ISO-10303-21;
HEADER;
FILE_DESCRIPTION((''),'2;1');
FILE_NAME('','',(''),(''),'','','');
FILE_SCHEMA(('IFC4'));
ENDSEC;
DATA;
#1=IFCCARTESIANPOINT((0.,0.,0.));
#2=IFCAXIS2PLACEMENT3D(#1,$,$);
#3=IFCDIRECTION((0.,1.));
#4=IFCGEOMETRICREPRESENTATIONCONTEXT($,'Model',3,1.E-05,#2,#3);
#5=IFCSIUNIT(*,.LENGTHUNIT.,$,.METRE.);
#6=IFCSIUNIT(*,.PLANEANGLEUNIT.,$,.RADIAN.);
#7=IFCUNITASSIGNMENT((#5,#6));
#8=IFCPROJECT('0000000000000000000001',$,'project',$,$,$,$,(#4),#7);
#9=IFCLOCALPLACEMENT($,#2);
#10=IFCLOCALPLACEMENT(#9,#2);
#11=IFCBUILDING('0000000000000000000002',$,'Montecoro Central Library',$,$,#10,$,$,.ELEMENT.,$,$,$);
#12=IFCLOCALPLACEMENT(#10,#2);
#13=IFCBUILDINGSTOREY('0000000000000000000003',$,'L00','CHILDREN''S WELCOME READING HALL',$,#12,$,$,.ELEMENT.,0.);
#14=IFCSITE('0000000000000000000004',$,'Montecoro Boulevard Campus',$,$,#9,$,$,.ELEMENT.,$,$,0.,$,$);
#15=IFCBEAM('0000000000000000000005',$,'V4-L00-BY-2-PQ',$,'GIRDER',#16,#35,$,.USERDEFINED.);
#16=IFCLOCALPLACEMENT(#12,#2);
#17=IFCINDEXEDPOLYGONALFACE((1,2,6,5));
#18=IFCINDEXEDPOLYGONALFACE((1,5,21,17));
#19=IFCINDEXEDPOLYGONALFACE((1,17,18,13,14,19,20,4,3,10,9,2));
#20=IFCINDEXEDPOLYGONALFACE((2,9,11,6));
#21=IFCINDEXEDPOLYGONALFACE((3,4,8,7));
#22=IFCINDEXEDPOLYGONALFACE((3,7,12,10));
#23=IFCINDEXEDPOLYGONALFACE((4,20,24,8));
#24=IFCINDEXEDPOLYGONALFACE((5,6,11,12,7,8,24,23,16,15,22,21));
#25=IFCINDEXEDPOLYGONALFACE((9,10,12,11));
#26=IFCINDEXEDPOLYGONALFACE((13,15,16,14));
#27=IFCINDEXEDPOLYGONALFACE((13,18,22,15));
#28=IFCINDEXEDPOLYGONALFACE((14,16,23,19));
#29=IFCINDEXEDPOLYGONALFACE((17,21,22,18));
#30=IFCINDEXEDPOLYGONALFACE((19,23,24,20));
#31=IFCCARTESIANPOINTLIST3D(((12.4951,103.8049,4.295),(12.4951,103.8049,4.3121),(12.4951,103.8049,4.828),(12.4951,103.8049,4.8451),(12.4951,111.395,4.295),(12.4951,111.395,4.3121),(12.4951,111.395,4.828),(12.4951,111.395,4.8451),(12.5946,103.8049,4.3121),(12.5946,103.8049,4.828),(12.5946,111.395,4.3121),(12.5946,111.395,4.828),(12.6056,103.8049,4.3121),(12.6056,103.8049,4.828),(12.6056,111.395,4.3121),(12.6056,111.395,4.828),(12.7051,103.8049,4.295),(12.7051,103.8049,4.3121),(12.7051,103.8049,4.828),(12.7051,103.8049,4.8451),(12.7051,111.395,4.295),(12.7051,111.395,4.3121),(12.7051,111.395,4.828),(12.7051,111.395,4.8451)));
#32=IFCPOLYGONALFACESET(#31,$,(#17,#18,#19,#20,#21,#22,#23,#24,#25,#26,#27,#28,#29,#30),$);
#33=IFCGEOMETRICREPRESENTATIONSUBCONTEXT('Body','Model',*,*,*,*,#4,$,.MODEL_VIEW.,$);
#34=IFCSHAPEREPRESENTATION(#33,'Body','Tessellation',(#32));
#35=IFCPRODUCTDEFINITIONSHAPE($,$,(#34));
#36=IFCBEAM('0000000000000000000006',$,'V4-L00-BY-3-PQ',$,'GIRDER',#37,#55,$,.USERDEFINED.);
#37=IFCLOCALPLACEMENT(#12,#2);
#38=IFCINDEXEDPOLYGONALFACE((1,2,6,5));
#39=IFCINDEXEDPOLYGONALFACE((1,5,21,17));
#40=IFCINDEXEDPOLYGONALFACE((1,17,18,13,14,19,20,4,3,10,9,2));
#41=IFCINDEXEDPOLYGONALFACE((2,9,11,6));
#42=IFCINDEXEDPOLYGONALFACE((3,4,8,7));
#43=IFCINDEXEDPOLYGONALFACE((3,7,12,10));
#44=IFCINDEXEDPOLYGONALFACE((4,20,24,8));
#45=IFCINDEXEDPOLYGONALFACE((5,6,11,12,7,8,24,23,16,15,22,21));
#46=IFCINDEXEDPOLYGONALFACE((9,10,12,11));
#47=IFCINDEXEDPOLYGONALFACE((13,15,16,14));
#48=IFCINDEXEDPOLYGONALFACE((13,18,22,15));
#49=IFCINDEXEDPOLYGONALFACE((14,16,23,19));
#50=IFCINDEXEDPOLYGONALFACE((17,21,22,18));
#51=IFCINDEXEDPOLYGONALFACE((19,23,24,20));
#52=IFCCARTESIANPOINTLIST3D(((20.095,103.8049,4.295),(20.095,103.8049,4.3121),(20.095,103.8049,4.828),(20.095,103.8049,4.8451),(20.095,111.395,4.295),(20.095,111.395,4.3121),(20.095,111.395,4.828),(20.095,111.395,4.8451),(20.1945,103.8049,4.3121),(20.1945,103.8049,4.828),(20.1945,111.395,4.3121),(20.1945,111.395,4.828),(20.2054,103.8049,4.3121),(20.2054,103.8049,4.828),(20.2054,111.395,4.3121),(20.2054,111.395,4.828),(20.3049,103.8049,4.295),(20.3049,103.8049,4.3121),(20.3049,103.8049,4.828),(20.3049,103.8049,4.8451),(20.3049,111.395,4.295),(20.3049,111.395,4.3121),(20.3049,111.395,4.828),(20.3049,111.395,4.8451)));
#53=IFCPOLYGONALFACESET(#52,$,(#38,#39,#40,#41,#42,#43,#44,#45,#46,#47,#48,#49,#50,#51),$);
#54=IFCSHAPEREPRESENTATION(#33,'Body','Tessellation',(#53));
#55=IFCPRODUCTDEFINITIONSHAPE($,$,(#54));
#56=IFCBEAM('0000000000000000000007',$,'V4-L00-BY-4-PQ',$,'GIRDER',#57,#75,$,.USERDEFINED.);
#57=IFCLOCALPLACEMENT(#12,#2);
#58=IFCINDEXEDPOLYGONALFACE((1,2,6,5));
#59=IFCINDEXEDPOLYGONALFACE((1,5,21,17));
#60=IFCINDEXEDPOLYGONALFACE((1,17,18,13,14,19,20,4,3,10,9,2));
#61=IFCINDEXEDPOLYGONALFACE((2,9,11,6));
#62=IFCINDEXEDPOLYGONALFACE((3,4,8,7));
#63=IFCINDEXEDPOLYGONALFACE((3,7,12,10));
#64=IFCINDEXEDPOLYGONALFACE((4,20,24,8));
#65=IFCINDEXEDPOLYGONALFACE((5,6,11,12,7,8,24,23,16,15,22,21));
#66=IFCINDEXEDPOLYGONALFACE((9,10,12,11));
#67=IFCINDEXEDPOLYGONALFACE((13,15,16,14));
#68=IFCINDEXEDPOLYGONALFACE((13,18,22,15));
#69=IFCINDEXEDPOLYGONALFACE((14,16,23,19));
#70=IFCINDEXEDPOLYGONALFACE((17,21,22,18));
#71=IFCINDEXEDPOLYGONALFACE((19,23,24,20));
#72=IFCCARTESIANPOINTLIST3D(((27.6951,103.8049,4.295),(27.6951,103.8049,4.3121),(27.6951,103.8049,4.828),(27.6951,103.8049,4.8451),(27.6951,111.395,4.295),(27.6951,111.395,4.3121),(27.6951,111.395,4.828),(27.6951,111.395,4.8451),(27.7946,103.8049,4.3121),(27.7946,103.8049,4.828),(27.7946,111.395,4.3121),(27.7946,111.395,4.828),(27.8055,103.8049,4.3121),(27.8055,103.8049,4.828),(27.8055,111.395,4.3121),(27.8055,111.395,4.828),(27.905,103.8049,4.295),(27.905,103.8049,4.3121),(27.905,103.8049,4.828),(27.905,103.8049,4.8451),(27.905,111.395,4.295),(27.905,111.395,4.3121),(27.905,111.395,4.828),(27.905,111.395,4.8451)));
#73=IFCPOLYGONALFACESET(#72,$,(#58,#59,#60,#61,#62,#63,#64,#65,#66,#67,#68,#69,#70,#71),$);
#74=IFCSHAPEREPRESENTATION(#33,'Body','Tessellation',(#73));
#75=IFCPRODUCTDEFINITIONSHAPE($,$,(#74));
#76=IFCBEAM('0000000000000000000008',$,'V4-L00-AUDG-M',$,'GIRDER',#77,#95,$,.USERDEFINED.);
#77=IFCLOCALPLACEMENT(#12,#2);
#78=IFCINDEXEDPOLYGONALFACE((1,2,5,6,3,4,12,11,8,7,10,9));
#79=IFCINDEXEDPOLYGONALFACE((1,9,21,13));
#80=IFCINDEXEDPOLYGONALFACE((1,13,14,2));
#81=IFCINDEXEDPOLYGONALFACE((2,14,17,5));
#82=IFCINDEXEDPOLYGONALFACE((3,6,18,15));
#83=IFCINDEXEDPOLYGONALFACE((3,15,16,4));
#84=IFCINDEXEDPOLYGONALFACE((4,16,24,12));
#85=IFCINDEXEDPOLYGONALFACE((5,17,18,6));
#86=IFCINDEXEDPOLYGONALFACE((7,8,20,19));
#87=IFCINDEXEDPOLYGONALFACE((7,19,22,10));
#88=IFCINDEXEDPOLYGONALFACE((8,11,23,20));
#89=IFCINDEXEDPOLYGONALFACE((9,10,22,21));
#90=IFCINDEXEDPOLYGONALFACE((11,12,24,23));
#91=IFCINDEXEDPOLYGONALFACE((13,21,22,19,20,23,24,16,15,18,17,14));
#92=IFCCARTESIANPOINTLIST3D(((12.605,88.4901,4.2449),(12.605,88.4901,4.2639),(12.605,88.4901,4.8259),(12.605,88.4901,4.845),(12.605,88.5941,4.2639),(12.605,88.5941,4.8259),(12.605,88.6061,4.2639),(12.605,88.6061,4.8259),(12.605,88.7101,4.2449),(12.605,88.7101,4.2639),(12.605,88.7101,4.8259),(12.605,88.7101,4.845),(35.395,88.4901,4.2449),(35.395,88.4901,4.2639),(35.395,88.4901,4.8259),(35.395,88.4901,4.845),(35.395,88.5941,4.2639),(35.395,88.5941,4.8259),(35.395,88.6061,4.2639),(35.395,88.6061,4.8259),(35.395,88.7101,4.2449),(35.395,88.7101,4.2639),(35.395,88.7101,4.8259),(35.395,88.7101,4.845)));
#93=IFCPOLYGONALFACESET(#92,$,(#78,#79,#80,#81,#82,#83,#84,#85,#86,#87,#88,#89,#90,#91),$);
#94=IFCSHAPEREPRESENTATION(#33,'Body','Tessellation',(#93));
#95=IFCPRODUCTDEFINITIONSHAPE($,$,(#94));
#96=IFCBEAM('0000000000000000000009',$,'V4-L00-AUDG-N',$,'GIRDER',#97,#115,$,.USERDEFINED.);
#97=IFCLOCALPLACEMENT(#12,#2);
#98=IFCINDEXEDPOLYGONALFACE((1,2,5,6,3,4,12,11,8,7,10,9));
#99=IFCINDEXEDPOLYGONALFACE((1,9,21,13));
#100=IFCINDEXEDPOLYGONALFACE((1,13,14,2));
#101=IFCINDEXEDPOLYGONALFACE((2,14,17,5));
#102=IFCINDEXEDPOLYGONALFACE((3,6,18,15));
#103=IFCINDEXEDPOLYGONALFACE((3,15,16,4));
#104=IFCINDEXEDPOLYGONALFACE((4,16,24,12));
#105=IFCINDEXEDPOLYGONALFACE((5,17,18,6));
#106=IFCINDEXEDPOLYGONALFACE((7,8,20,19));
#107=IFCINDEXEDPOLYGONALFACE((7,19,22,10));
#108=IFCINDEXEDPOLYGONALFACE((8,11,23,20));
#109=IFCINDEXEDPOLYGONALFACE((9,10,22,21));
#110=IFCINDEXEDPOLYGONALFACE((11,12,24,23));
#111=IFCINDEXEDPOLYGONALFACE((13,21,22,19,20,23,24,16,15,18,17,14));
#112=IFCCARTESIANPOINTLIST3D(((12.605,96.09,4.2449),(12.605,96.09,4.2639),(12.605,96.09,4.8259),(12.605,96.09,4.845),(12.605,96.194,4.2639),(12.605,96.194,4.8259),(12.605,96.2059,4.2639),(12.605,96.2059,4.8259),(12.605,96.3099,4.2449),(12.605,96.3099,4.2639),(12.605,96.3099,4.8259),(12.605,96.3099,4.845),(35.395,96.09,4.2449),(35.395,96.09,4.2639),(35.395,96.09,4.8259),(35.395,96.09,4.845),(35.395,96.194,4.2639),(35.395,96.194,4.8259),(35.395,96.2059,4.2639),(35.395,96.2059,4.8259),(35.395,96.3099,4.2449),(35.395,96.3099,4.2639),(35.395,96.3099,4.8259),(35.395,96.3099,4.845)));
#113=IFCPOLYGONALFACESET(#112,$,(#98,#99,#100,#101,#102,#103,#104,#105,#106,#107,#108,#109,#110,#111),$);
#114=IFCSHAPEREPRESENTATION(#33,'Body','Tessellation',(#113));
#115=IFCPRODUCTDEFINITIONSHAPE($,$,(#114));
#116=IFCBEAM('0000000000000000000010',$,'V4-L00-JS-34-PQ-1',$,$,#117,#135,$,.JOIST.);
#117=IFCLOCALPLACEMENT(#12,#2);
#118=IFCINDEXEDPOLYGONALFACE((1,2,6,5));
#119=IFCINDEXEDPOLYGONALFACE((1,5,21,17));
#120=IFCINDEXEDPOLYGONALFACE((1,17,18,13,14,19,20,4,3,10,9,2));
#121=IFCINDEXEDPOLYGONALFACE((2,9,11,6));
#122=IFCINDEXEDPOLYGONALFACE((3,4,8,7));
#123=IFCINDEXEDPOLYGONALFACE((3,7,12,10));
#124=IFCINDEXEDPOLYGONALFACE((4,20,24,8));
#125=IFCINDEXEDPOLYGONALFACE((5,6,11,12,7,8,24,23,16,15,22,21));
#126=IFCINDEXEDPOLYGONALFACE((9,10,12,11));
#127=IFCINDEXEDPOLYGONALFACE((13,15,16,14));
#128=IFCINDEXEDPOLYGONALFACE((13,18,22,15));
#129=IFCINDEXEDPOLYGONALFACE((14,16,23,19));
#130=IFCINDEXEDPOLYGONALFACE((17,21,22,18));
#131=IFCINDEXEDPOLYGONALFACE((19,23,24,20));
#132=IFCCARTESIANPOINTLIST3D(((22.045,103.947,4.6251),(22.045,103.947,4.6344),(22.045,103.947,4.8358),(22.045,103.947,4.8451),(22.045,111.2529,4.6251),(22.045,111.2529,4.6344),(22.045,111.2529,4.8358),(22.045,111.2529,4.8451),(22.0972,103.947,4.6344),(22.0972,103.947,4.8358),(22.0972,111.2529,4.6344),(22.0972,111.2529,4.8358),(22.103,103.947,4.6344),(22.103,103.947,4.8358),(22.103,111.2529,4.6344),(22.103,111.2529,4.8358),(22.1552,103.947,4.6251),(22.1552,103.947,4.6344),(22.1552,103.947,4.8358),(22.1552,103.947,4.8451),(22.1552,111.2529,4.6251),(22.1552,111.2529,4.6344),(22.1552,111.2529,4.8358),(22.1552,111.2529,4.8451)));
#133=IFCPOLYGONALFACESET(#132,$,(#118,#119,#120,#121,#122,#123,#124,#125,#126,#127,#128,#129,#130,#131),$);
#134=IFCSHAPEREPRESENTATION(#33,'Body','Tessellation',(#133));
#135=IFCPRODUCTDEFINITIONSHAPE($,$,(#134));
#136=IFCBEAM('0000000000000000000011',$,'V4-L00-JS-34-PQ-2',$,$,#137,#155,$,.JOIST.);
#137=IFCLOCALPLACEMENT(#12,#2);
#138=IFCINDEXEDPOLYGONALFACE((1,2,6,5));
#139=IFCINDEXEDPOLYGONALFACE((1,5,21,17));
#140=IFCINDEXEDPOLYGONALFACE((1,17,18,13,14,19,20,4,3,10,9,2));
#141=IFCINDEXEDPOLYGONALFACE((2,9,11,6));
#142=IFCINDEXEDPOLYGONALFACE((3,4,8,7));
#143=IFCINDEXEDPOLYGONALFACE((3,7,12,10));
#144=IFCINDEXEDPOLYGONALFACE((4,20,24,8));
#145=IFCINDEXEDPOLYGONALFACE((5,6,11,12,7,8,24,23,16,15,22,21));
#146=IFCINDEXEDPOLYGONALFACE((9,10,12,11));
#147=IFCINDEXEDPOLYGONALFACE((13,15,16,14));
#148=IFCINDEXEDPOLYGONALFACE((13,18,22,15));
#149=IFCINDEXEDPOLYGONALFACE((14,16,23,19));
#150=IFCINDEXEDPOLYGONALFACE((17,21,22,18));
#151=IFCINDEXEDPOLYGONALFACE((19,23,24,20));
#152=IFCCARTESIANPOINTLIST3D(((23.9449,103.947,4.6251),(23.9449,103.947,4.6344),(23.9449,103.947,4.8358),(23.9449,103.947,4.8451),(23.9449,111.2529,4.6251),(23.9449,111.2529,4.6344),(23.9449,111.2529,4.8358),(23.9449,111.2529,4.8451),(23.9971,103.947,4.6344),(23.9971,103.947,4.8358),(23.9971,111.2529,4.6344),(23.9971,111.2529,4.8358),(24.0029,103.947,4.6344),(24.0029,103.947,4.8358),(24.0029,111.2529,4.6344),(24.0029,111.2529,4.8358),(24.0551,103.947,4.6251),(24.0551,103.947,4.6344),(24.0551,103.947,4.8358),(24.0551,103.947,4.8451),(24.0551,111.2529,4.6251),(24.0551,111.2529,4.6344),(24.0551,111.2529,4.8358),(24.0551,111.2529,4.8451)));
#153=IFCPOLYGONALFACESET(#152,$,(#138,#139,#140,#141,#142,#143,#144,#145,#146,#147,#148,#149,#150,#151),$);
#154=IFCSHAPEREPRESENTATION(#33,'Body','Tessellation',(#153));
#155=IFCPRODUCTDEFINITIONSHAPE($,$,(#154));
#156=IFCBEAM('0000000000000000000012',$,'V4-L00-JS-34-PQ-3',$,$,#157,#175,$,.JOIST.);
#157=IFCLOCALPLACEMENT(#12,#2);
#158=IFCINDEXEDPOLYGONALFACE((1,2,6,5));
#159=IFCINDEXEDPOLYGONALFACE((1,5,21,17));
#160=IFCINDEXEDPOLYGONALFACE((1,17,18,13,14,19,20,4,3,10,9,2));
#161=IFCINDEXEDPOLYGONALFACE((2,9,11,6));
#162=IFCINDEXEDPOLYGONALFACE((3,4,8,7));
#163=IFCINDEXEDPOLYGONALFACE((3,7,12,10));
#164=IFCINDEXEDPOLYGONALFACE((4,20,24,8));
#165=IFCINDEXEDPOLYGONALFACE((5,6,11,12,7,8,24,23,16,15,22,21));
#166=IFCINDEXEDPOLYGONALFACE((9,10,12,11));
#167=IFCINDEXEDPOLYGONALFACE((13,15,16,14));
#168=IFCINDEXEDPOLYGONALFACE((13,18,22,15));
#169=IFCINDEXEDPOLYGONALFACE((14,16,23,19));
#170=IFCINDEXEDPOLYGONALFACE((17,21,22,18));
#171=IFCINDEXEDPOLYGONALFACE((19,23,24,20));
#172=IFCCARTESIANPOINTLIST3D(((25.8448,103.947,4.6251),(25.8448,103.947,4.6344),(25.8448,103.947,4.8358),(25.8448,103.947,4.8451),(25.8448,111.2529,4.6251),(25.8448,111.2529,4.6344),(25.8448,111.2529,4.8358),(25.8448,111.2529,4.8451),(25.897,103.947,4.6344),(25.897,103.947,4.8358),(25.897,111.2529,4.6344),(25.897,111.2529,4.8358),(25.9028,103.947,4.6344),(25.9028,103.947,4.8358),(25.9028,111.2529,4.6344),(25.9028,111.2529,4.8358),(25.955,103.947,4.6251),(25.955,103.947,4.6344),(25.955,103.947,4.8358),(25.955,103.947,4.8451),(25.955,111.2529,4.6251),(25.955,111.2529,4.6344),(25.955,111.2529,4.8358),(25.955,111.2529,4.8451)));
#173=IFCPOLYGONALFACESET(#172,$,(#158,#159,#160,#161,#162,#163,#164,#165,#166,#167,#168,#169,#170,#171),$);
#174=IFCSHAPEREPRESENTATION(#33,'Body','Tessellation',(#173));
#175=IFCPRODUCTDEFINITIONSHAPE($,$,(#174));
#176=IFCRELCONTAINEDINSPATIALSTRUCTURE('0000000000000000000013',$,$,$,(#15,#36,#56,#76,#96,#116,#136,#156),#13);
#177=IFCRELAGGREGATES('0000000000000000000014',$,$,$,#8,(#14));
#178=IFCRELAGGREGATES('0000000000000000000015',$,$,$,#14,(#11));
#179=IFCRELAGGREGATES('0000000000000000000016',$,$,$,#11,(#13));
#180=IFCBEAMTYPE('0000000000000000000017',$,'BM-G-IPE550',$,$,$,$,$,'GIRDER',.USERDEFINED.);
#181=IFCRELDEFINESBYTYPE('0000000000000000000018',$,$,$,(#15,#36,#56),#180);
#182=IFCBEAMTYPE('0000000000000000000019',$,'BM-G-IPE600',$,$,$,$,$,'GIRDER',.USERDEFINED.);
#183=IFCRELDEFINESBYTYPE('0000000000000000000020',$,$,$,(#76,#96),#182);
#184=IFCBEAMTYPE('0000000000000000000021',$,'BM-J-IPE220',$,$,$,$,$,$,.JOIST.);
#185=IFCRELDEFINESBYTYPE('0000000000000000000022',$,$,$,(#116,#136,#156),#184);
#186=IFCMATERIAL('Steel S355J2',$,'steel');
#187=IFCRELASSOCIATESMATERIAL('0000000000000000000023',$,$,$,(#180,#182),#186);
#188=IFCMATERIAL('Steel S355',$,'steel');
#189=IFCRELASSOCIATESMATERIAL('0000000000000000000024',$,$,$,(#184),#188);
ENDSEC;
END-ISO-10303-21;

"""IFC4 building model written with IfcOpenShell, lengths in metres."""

from ifc_helpers import new_model, si_unit, direction, frame, origin, origin_2d, place, context, subcontext, project, spatial, i_section, extrude, material, material_profile, profile_set, type_object, element, save


model = new_model("IFC4")

# Units and contexts
model_context = context("Model", 3, precision=1e-05, world=origin(), true_north=direction((0.0, 1.0)))
body_context = subcontext(model_context, "Body", "Model", "MODEL_VIEW")
ifc_project = project(units=[si_unit("LENGTHUNIT", "METRE"), si_unit("PLANEANGLEUNIT", "RADIAN")], contexts=[model_context])

# Site, building, storey
site_placement = place(None, origin())
site = spatial("IfcSite", under=ifc_project, at=site_placement, Name="Montecoro Boulevard Campus", CompositionType="ELEMENT", RefElevation=0.0)
building_placement = place(site_placement, origin())
building = spatial("IfcBuilding", under=site, at=building_placement, Name="Montecoro Central Library", CompositionType="ELEMENT")
storey_placement = place(building_placement, origin())
storey = spatial("IfcBuildingStorey", under=building, at=storey_placement, Name="L00", Description="CHILDREN'S WELCOME READING HALL", CompositionType="ELEMENT", Elevation=0.0)

# Shared definitions
ifc_material_1 = material(Name="Steel S355J2", Category="steel")

# Beams
ifc_material_2 = material(Name="Steel S355", Category="steel")
ifc_material_profile_1 = material_profile(ifc_material_1, i_section(OverallWidth=0.21, OverallDepth=0.55, WebThickness=0.011, FlangeThickness=0.0171, at=origin_2d()), Name="IPE 550")
ifc_profile_set_1 = profile_set([ifc_material_profile_1], Name="Steel S355J2")
beam_type_1 = type_object("IfcBeamType", Name="BM-G-IPE550", ElementType="GIRDER", PredefinedType="USERDEFINED", material=ifc_profile_set_1)
for number, where, z_axis, x_axis, name in (
    (1, (12.6001, 103.8049, 4.5701), (0.0, 1.0, 0.0), (-1.0, 0.0, 0.0), "V4-L00-BY-2-PQ"),
    (2, (20.2, 103.8049, 4.5701), (0.0, 1.0, 0.0), (-1.0, 0.0, 0.0), "V4-L00-BY-3-PQ"),
    (3, (27.8, 103.8049, 4.5701), (0.0, 1.0, 0.0), (-1.0, 0.0, 0.0), "V4-L00-BY-4-PQ"),
):
    element("IfcBeam", number, at=place(storey_placement, frame(where, z_axis=z_axis, x_axis=x_axis)), inside=storey, type_object=beam_type_1, Name=name, ObjectType="GIRDER", PredefinedType="USERDEFINED", context=body_context, shape_type="SweptSolid", body=[
        extrude(i_section(OverallWidth=0.21, OverallDepth=0.55, WebThickness=0.011, FlangeThickness=0.0171, at=origin_2d()), origin(), (0.0, 0.0, 1.0), 7.5901),
    ])
ifc_material_profile_2 = material_profile(ifc_material_1, i_section(OverallWidth=0.22, OverallDepth=0.6001, WebThickness=0.012, FlangeThickness=0.019, at=origin_2d()), Name="IPE 600")
ifc_profile_set_2 = profile_set([ifc_material_profile_2], Name="Steel S355J2")
beam_type_2 = type_object("IfcBeamType", Name="BM-G-IPE600", ElementType="GIRDER", PredefinedType="USERDEFINED", material=ifc_profile_set_2)
for number, where, z_axis, x_axis, name in (
    (4, (12.605, 88.6001, 4.5449), (1.0, 0.0, 0.0), (0.0, 1.0, 0.0), "V4-L00-AUDG-M"),
    (5, (12.605, 96.2, 4.5449), (1.0, 0.0, 0.0), (0.0, 1.0, 0.0), "V4-L00-AUDG-N"),
):
    element("IfcBeam", number, at=place(storey_placement, frame(where, z_axis=z_axis, x_axis=x_axis)), inside=storey, type_object=beam_type_2, Name=name, ObjectType="GIRDER", PredefinedType="USERDEFINED", context=body_context, shape_type="SweptSolid", body=[
        extrude(i_section(OverallWidth=0.22, OverallDepth=0.6001, WebThickness=0.012, FlangeThickness=0.019, at=origin_2d()), origin(), (0.0, 0.0, 1.0), 22.79),
    ])
ifc_material_profile_3 = material_profile(ifc_material_2, i_section(OverallWidth=0.1101, OverallDepth=0.22, WebThickness=0.0059, FlangeThickness=0.0093, at=origin_2d()), Name="IPE 220")
ifc_profile_set_3 = profile_set([ifc_material_profile_3], Name="Steel S355")
beam_type_3 = type_object("IfcBeamType", Name="BM-J-IPE220", PredefinedType="JOIST", material=ifc_profile_set_3)
for number, where, z_axis, x_axis, name in (
    (6, (22.1001, 103.947, 4.7351), (0.0, 1.0, 0.0), (-1.0, 0.0, 0.0), "V4-L00-JS-34-PQ-1"),
    (7, (24.0, 103.947, 4.7351), (0.0, 1.0, 0.0), (-1.0, 0.0, 0.0), "V4-L00-JS-34-PQ-2"),
    (8, (25.8999, 103.947, 4.7351), (0.0, 1.0, 0.0), (-1.0, 0.0, 0.0), "V4-L00-JS-34-PQ-3"),
):
    element("IfcBeam", number, at=place(storey_placement, frame(where, z_axis=z_axis, x_axis=x_axis)), inside=storey, type_object=beam_type_3, Name=name, PredefinedType="JOIST", context=body_context, shape_type="SweptSolid", body=[
        extrude(i_section(OverallWidth=0.1101, OverallDepth=0.22, WebThickness=0.0059, FlangeThickness=0.0093, at=origin_2d()), origin(), (0.0, 0.0, 1.0), 7.3059),
    ])

save(model, "model.ifc")
